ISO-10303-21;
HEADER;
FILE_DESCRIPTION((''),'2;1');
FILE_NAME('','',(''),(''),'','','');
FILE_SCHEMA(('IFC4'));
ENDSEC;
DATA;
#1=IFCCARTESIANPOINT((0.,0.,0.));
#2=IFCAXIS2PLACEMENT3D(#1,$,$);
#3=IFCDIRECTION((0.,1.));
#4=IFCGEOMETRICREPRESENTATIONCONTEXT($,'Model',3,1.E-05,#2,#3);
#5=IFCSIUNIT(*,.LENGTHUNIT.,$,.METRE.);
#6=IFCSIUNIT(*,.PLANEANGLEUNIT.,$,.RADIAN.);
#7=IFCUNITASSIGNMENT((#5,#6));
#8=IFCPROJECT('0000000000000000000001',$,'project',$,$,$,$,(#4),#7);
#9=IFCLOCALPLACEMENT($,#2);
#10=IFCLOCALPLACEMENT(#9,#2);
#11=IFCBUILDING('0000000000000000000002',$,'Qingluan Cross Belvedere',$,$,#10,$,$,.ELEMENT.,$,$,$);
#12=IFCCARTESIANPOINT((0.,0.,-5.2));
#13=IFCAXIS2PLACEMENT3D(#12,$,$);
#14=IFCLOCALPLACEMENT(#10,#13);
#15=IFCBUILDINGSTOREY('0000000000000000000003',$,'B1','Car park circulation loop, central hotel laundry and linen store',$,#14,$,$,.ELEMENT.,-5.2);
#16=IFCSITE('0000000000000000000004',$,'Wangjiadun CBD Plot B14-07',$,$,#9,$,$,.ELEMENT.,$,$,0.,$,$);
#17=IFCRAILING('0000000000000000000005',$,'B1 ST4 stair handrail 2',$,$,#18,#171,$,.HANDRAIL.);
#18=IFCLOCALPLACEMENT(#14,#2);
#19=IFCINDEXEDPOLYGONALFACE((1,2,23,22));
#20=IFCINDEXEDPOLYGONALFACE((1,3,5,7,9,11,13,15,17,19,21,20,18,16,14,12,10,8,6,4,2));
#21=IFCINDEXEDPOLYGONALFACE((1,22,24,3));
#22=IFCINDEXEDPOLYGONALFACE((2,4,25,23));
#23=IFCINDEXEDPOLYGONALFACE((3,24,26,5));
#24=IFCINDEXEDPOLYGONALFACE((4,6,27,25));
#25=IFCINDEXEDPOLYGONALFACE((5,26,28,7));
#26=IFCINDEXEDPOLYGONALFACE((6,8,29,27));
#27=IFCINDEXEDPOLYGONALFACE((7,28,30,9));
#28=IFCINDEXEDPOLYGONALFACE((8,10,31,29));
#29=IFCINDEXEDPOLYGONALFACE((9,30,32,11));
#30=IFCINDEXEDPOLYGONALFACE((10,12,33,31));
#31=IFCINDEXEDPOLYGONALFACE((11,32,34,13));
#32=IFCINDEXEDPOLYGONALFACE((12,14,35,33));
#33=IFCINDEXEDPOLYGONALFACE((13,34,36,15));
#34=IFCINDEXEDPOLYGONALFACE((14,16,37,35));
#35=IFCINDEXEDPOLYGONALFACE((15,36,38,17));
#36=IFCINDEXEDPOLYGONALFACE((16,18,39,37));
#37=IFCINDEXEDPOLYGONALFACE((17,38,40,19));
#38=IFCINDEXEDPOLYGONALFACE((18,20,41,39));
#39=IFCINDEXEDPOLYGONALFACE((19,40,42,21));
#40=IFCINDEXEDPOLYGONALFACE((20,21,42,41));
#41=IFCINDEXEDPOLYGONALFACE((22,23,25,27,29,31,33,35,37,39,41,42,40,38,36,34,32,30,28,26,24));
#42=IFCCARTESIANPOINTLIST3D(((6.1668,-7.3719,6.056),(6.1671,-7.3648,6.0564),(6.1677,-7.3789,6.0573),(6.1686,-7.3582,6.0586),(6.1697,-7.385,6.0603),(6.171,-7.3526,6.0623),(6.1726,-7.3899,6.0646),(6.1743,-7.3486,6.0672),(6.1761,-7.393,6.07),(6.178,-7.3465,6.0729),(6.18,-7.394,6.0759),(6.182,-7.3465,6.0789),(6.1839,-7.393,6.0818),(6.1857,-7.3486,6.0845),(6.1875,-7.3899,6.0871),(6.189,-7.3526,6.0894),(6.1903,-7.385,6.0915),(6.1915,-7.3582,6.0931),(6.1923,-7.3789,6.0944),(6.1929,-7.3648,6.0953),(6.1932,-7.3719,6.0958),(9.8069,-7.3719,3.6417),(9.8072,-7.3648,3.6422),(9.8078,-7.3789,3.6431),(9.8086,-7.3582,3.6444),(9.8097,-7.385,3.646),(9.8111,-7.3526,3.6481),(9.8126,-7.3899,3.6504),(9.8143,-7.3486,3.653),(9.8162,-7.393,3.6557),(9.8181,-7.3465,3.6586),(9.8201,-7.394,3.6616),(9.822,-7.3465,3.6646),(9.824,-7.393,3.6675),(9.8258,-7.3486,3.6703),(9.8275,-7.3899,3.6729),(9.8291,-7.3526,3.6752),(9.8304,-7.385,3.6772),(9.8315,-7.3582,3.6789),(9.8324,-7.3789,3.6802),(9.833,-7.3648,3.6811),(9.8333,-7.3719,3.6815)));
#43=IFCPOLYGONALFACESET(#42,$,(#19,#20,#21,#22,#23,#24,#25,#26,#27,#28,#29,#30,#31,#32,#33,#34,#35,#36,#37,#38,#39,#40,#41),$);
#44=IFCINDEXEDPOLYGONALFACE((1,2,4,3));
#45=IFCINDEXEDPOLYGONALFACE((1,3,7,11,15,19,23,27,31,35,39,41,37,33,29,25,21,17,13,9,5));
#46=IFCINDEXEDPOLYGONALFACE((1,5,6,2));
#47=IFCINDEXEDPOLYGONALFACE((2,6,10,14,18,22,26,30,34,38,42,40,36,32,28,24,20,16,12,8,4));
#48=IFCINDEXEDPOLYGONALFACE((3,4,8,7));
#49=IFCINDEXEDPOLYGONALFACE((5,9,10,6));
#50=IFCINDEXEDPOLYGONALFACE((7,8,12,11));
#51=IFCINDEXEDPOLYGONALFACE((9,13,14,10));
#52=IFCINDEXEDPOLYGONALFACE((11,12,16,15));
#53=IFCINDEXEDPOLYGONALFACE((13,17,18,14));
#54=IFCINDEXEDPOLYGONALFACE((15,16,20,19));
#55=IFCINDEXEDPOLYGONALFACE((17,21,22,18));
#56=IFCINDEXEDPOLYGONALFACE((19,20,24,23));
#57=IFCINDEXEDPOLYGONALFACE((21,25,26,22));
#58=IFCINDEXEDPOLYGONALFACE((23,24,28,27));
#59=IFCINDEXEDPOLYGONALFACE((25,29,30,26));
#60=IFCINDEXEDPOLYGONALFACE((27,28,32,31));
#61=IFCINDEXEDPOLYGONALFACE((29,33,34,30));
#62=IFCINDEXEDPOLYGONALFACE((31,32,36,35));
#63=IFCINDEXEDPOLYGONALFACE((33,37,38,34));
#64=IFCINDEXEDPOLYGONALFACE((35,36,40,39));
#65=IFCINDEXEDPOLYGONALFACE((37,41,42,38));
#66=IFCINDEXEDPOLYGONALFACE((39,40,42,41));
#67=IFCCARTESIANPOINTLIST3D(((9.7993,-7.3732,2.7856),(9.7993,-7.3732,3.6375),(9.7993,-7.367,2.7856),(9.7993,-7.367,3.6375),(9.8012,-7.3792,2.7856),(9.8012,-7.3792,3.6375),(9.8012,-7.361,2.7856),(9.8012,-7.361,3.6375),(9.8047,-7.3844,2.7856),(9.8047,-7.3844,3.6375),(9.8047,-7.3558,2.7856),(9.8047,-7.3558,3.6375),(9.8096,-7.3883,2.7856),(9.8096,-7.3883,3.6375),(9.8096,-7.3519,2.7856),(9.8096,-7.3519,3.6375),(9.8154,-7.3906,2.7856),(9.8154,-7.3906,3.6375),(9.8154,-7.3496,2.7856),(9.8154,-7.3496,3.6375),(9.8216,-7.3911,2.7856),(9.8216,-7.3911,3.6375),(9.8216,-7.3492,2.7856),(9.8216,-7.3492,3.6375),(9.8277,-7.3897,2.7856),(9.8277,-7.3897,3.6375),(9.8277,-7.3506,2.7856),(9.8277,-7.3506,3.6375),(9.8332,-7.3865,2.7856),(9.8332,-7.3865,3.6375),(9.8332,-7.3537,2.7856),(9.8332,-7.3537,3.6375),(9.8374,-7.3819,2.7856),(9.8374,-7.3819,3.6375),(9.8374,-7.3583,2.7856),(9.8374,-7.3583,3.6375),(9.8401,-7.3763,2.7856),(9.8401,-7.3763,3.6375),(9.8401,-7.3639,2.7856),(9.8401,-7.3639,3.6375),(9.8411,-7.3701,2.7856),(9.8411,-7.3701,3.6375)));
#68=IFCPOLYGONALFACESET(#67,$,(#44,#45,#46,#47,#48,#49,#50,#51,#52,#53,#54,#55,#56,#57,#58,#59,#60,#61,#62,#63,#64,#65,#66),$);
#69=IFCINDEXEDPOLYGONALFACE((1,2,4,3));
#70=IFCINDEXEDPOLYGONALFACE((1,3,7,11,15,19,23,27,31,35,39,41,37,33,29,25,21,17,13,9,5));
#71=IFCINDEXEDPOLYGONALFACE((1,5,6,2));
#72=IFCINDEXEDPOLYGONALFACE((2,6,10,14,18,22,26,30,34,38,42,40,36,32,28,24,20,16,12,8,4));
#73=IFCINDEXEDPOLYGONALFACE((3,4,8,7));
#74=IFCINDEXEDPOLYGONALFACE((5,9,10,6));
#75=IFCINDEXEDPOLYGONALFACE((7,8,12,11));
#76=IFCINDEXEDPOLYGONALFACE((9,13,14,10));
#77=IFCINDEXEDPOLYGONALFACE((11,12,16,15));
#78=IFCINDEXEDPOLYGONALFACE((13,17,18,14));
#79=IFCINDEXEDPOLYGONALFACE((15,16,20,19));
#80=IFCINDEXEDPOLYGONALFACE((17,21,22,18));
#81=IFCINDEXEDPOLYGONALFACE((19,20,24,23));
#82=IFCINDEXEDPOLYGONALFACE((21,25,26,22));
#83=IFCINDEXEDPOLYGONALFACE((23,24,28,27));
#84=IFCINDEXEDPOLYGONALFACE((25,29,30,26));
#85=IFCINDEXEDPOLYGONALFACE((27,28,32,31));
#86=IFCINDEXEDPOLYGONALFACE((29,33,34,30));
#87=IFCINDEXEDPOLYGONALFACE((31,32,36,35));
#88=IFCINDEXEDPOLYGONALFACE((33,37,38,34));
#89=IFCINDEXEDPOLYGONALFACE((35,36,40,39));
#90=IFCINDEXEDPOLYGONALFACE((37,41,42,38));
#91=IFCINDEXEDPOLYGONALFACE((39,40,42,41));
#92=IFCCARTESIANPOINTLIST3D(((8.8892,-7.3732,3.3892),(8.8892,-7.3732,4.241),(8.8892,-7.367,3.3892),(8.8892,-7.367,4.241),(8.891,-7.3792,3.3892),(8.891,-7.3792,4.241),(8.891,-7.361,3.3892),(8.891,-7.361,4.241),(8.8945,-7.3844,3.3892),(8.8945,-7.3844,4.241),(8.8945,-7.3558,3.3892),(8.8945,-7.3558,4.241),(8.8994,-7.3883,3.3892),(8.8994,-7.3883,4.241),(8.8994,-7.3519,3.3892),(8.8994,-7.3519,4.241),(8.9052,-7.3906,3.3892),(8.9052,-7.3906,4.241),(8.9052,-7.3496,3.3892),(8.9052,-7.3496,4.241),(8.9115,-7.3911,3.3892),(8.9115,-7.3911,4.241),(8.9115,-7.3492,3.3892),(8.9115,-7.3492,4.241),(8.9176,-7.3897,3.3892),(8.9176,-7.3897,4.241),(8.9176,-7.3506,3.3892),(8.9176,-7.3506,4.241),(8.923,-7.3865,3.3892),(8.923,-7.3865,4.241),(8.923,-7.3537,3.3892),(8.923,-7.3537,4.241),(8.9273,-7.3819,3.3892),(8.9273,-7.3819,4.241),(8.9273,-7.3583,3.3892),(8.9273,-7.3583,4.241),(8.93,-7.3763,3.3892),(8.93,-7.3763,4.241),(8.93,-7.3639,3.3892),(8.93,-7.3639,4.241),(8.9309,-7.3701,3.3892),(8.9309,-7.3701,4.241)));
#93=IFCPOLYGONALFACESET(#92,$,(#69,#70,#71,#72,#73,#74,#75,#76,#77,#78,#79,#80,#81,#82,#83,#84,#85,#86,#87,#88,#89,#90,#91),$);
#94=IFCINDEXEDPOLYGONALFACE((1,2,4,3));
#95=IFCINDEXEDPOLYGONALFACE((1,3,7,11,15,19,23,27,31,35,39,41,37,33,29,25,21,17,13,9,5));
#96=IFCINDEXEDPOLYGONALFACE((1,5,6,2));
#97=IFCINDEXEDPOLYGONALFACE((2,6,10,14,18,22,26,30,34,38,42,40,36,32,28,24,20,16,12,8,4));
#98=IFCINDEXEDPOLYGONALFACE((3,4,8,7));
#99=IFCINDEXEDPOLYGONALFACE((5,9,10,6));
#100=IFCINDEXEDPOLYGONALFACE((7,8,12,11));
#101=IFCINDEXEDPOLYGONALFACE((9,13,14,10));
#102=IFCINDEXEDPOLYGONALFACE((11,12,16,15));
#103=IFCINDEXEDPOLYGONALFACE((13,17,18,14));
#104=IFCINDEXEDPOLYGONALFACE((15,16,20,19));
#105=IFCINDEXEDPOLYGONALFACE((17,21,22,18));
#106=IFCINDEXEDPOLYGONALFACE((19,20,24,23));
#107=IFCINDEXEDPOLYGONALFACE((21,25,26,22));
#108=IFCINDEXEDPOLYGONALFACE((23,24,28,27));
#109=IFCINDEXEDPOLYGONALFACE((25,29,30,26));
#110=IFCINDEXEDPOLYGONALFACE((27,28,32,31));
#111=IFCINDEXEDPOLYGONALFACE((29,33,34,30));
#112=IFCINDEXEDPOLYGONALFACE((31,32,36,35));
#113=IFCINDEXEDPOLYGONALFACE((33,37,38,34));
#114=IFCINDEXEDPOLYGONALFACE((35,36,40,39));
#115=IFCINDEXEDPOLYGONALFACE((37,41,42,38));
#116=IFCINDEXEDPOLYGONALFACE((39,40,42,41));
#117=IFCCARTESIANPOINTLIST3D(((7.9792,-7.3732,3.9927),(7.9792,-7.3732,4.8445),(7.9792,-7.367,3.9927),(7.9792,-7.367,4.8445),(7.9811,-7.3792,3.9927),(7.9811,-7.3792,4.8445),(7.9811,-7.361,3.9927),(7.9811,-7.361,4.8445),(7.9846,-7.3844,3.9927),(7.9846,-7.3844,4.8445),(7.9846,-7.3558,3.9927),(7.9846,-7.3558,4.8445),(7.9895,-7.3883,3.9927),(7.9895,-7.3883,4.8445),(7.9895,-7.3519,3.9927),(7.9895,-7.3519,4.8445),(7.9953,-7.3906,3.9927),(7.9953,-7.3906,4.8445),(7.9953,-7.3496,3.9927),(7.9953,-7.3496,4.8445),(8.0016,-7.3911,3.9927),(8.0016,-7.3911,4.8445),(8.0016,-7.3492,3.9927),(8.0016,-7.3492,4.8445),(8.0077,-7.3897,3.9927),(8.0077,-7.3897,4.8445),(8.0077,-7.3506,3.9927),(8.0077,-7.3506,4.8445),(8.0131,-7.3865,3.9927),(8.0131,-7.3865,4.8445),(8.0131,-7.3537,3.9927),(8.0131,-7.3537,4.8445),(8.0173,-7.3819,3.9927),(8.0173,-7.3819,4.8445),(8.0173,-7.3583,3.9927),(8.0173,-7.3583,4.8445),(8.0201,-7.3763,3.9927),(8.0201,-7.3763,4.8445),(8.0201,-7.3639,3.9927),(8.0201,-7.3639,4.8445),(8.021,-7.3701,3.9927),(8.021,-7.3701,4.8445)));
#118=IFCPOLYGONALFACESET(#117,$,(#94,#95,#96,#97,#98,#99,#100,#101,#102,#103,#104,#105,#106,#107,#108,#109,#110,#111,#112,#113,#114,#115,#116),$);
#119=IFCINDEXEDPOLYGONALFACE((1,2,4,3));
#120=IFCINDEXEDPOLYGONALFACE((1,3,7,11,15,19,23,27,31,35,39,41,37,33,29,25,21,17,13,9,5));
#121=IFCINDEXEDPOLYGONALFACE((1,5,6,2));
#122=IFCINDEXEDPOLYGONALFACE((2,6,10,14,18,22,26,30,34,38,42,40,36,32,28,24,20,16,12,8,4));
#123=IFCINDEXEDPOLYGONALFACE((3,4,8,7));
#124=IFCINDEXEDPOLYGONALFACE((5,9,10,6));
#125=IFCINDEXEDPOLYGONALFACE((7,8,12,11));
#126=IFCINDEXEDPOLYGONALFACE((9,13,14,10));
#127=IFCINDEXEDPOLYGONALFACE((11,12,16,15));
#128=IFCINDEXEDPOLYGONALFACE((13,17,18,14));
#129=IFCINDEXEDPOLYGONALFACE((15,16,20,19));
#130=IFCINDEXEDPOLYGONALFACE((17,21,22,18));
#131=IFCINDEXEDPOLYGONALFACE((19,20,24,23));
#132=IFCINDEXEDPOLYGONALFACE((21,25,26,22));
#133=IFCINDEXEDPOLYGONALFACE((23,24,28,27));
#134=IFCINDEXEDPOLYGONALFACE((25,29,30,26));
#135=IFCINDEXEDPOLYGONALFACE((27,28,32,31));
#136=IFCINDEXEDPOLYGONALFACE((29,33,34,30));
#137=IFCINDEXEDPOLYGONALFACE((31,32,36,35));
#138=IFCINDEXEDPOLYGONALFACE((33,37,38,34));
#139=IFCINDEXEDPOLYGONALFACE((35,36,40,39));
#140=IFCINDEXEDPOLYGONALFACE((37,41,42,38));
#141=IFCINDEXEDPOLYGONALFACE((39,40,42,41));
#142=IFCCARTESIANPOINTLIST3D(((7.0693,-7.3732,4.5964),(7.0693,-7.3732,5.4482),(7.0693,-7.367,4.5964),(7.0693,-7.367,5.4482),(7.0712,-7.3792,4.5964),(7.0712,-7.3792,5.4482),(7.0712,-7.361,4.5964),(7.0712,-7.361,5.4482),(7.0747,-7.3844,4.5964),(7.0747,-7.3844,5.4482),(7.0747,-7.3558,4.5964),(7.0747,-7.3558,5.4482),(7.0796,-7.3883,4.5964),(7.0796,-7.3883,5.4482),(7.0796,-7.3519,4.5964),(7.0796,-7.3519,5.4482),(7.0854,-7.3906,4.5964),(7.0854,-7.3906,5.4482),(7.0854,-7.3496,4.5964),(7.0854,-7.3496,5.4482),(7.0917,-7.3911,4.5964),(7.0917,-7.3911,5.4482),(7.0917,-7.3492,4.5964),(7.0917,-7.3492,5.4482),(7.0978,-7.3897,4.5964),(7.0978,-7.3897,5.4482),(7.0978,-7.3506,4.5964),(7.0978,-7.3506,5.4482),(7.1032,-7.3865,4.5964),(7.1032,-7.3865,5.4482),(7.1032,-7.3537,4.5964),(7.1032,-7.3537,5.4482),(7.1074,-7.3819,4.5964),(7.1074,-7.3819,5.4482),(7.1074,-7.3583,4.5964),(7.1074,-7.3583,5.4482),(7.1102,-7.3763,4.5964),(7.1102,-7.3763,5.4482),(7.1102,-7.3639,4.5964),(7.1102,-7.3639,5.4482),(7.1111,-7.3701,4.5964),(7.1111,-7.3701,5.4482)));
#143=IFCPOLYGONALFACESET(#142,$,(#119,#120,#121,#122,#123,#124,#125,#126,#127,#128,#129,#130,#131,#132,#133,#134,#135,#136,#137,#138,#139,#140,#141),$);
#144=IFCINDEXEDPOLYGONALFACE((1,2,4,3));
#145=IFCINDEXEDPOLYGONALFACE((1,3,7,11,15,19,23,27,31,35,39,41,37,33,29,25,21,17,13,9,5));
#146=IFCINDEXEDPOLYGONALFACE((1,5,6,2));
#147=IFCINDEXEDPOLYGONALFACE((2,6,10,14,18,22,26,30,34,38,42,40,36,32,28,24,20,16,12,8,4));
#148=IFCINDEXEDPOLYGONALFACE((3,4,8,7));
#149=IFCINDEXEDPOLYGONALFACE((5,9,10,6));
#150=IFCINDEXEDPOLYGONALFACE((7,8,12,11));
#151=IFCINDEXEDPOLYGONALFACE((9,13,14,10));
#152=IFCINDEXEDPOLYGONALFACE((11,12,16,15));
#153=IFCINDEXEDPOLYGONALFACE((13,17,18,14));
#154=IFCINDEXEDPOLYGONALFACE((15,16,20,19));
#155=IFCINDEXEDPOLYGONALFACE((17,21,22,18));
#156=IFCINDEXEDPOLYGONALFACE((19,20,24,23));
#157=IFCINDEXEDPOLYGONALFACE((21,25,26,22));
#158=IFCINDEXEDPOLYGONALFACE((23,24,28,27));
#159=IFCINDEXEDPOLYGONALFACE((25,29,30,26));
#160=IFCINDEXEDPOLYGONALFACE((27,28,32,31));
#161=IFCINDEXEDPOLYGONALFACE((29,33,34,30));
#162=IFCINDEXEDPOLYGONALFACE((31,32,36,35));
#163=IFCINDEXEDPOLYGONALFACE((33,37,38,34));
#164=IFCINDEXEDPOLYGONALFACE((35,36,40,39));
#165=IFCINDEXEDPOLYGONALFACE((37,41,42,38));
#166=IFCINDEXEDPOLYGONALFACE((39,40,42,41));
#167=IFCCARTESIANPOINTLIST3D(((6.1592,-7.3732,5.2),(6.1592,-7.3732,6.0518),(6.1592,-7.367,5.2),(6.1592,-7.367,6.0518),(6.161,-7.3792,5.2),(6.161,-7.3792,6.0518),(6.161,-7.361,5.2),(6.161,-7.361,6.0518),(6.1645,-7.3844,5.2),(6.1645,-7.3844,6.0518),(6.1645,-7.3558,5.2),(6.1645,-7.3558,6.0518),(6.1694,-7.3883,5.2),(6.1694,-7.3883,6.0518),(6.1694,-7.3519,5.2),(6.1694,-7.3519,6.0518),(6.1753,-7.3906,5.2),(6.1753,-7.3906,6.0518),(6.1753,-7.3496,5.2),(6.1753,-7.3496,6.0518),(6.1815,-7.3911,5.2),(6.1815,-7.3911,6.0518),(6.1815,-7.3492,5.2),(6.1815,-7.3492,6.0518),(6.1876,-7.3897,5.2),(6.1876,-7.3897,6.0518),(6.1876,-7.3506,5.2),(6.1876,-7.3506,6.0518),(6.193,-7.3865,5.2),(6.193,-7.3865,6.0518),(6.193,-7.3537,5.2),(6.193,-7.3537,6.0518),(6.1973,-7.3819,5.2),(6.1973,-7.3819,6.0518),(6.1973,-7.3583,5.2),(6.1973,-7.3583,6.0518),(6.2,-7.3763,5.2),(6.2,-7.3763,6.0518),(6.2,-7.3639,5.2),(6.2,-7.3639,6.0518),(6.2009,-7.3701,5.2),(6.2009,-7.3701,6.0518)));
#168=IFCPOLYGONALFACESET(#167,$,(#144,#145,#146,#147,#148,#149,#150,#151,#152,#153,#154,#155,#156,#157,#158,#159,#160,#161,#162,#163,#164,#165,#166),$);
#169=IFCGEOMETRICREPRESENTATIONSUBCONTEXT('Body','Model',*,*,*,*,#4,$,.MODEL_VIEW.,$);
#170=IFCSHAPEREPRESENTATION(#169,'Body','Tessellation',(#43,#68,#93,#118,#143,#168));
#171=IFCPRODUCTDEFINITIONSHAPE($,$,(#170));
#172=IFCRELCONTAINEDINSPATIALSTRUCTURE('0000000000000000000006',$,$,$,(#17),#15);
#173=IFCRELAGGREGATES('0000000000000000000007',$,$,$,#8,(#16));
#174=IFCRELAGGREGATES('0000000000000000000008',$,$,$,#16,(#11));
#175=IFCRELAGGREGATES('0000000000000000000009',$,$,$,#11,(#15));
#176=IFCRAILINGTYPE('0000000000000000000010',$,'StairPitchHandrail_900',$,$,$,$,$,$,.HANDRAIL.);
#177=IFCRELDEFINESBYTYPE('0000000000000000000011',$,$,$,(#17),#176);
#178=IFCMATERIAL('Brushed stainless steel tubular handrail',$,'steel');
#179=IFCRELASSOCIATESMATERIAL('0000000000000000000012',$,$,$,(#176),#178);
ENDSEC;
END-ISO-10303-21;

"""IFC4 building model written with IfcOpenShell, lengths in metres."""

from ifc_helpers import new_model, si_unit, direction, frame, origin, origin_2d, place, context, subcontext, project, spatial, circle, extrude, material, type_object, element, save


model = new_model("IFC4")

# Units and contexts
model_context = context("Model", 3, precision=1e-05, world=origin(), true_north=direction((0.0, 1.0)))
body_context = subcontext(model_context, "Body", "Model", "MODEL_VIEW")
ifc_project = project(units=[si_unit("LENGTHUNIT", "METRE"), si_unit("PLANEANGLEUNIT", "RADIAN")], contexts=[model_context])

# Site, building, storey
site_placement = place(None, origin())
site = spatial("IfcSite", under=ifc_project, at=site_placement, Name="Wangjiadun CBD Plot B14-07", CompositionType="ELEMENT", RefElevation=0.0)
building_placement = place(site_placement, origin())
building = spatial("IfcBuilding", under=site, at=building_placement, Name="Qingluan Cross Belvedere", CompositionType="ELEMENT")
storey_placement = place(building_placement, frame((0.0, 0.0, -5.2)))
storey = spatial("IfcBuildingStorey", under=building, at=storey_placement, Name="B1", Description="Car park circulation loop, central hotel laundry and linen store", CompositionType="ELEMENT", Elevation=-5.2)

# Railing
ifc_material_1 = material(Name="Brushed stainless steel tubular handrail", Category="steel")
railing_type_1 = type_object("IfcRailingType", Name="StairPitchHandrail_900", PredefinedType="HANDRAIL", material=ifc_material_1)
railing_1_placement = place(storey_placement, frame((9.8201, -7.3701, 2.7856)))
element("IfcRailing", 1, at=railing_1_placement, inside=storey, type_object=railing_type_1, Name="B1 ST4 stair handrail 2", PredefinedType="HANDRAIL", context=body_context, shape_type="SweptSolid", body=[
    extrude(circle(Radius=0.0239, at=origin_2d()), frame((0.0, 0.0, 0.876), z_axis=(-0.833364, 0.0, 0.552725), x_axis=(0.0, -1.0, 0.0)), (0.0, 0.0, 1.0), 4.3679),
    extrude(circle(Radius=0.021, at=origin_2d()), origin(), (0.0, 0.0, 1.0), 0.8518),
    extrude(circle(Radius=0.021, at=origin_2d()), frame((-0.9102, 0.0, 0.6035)), (0.0, 0.0, 1.0), 0.8518),
    extrude(circle(Radius=0.021, at=origin_2d()), frame((-1.8201, 0.0, 1.207)), (0.0, 0.0, 1.0), 0.8518),
    extrude(circle(Radius=0.021, at=origin_2d()), frame((-2.73, 0.0, 1.8108)), (0.0, 0.0, 1.0), 0.8518),
    extrude(circle(Radius=0.021, at=origin_2d()), frame((-3.6401, 0.0, 2.4143)), (0.0, 0.0, 1.0), 0.8518),
])

save(model, "model.ifc")
